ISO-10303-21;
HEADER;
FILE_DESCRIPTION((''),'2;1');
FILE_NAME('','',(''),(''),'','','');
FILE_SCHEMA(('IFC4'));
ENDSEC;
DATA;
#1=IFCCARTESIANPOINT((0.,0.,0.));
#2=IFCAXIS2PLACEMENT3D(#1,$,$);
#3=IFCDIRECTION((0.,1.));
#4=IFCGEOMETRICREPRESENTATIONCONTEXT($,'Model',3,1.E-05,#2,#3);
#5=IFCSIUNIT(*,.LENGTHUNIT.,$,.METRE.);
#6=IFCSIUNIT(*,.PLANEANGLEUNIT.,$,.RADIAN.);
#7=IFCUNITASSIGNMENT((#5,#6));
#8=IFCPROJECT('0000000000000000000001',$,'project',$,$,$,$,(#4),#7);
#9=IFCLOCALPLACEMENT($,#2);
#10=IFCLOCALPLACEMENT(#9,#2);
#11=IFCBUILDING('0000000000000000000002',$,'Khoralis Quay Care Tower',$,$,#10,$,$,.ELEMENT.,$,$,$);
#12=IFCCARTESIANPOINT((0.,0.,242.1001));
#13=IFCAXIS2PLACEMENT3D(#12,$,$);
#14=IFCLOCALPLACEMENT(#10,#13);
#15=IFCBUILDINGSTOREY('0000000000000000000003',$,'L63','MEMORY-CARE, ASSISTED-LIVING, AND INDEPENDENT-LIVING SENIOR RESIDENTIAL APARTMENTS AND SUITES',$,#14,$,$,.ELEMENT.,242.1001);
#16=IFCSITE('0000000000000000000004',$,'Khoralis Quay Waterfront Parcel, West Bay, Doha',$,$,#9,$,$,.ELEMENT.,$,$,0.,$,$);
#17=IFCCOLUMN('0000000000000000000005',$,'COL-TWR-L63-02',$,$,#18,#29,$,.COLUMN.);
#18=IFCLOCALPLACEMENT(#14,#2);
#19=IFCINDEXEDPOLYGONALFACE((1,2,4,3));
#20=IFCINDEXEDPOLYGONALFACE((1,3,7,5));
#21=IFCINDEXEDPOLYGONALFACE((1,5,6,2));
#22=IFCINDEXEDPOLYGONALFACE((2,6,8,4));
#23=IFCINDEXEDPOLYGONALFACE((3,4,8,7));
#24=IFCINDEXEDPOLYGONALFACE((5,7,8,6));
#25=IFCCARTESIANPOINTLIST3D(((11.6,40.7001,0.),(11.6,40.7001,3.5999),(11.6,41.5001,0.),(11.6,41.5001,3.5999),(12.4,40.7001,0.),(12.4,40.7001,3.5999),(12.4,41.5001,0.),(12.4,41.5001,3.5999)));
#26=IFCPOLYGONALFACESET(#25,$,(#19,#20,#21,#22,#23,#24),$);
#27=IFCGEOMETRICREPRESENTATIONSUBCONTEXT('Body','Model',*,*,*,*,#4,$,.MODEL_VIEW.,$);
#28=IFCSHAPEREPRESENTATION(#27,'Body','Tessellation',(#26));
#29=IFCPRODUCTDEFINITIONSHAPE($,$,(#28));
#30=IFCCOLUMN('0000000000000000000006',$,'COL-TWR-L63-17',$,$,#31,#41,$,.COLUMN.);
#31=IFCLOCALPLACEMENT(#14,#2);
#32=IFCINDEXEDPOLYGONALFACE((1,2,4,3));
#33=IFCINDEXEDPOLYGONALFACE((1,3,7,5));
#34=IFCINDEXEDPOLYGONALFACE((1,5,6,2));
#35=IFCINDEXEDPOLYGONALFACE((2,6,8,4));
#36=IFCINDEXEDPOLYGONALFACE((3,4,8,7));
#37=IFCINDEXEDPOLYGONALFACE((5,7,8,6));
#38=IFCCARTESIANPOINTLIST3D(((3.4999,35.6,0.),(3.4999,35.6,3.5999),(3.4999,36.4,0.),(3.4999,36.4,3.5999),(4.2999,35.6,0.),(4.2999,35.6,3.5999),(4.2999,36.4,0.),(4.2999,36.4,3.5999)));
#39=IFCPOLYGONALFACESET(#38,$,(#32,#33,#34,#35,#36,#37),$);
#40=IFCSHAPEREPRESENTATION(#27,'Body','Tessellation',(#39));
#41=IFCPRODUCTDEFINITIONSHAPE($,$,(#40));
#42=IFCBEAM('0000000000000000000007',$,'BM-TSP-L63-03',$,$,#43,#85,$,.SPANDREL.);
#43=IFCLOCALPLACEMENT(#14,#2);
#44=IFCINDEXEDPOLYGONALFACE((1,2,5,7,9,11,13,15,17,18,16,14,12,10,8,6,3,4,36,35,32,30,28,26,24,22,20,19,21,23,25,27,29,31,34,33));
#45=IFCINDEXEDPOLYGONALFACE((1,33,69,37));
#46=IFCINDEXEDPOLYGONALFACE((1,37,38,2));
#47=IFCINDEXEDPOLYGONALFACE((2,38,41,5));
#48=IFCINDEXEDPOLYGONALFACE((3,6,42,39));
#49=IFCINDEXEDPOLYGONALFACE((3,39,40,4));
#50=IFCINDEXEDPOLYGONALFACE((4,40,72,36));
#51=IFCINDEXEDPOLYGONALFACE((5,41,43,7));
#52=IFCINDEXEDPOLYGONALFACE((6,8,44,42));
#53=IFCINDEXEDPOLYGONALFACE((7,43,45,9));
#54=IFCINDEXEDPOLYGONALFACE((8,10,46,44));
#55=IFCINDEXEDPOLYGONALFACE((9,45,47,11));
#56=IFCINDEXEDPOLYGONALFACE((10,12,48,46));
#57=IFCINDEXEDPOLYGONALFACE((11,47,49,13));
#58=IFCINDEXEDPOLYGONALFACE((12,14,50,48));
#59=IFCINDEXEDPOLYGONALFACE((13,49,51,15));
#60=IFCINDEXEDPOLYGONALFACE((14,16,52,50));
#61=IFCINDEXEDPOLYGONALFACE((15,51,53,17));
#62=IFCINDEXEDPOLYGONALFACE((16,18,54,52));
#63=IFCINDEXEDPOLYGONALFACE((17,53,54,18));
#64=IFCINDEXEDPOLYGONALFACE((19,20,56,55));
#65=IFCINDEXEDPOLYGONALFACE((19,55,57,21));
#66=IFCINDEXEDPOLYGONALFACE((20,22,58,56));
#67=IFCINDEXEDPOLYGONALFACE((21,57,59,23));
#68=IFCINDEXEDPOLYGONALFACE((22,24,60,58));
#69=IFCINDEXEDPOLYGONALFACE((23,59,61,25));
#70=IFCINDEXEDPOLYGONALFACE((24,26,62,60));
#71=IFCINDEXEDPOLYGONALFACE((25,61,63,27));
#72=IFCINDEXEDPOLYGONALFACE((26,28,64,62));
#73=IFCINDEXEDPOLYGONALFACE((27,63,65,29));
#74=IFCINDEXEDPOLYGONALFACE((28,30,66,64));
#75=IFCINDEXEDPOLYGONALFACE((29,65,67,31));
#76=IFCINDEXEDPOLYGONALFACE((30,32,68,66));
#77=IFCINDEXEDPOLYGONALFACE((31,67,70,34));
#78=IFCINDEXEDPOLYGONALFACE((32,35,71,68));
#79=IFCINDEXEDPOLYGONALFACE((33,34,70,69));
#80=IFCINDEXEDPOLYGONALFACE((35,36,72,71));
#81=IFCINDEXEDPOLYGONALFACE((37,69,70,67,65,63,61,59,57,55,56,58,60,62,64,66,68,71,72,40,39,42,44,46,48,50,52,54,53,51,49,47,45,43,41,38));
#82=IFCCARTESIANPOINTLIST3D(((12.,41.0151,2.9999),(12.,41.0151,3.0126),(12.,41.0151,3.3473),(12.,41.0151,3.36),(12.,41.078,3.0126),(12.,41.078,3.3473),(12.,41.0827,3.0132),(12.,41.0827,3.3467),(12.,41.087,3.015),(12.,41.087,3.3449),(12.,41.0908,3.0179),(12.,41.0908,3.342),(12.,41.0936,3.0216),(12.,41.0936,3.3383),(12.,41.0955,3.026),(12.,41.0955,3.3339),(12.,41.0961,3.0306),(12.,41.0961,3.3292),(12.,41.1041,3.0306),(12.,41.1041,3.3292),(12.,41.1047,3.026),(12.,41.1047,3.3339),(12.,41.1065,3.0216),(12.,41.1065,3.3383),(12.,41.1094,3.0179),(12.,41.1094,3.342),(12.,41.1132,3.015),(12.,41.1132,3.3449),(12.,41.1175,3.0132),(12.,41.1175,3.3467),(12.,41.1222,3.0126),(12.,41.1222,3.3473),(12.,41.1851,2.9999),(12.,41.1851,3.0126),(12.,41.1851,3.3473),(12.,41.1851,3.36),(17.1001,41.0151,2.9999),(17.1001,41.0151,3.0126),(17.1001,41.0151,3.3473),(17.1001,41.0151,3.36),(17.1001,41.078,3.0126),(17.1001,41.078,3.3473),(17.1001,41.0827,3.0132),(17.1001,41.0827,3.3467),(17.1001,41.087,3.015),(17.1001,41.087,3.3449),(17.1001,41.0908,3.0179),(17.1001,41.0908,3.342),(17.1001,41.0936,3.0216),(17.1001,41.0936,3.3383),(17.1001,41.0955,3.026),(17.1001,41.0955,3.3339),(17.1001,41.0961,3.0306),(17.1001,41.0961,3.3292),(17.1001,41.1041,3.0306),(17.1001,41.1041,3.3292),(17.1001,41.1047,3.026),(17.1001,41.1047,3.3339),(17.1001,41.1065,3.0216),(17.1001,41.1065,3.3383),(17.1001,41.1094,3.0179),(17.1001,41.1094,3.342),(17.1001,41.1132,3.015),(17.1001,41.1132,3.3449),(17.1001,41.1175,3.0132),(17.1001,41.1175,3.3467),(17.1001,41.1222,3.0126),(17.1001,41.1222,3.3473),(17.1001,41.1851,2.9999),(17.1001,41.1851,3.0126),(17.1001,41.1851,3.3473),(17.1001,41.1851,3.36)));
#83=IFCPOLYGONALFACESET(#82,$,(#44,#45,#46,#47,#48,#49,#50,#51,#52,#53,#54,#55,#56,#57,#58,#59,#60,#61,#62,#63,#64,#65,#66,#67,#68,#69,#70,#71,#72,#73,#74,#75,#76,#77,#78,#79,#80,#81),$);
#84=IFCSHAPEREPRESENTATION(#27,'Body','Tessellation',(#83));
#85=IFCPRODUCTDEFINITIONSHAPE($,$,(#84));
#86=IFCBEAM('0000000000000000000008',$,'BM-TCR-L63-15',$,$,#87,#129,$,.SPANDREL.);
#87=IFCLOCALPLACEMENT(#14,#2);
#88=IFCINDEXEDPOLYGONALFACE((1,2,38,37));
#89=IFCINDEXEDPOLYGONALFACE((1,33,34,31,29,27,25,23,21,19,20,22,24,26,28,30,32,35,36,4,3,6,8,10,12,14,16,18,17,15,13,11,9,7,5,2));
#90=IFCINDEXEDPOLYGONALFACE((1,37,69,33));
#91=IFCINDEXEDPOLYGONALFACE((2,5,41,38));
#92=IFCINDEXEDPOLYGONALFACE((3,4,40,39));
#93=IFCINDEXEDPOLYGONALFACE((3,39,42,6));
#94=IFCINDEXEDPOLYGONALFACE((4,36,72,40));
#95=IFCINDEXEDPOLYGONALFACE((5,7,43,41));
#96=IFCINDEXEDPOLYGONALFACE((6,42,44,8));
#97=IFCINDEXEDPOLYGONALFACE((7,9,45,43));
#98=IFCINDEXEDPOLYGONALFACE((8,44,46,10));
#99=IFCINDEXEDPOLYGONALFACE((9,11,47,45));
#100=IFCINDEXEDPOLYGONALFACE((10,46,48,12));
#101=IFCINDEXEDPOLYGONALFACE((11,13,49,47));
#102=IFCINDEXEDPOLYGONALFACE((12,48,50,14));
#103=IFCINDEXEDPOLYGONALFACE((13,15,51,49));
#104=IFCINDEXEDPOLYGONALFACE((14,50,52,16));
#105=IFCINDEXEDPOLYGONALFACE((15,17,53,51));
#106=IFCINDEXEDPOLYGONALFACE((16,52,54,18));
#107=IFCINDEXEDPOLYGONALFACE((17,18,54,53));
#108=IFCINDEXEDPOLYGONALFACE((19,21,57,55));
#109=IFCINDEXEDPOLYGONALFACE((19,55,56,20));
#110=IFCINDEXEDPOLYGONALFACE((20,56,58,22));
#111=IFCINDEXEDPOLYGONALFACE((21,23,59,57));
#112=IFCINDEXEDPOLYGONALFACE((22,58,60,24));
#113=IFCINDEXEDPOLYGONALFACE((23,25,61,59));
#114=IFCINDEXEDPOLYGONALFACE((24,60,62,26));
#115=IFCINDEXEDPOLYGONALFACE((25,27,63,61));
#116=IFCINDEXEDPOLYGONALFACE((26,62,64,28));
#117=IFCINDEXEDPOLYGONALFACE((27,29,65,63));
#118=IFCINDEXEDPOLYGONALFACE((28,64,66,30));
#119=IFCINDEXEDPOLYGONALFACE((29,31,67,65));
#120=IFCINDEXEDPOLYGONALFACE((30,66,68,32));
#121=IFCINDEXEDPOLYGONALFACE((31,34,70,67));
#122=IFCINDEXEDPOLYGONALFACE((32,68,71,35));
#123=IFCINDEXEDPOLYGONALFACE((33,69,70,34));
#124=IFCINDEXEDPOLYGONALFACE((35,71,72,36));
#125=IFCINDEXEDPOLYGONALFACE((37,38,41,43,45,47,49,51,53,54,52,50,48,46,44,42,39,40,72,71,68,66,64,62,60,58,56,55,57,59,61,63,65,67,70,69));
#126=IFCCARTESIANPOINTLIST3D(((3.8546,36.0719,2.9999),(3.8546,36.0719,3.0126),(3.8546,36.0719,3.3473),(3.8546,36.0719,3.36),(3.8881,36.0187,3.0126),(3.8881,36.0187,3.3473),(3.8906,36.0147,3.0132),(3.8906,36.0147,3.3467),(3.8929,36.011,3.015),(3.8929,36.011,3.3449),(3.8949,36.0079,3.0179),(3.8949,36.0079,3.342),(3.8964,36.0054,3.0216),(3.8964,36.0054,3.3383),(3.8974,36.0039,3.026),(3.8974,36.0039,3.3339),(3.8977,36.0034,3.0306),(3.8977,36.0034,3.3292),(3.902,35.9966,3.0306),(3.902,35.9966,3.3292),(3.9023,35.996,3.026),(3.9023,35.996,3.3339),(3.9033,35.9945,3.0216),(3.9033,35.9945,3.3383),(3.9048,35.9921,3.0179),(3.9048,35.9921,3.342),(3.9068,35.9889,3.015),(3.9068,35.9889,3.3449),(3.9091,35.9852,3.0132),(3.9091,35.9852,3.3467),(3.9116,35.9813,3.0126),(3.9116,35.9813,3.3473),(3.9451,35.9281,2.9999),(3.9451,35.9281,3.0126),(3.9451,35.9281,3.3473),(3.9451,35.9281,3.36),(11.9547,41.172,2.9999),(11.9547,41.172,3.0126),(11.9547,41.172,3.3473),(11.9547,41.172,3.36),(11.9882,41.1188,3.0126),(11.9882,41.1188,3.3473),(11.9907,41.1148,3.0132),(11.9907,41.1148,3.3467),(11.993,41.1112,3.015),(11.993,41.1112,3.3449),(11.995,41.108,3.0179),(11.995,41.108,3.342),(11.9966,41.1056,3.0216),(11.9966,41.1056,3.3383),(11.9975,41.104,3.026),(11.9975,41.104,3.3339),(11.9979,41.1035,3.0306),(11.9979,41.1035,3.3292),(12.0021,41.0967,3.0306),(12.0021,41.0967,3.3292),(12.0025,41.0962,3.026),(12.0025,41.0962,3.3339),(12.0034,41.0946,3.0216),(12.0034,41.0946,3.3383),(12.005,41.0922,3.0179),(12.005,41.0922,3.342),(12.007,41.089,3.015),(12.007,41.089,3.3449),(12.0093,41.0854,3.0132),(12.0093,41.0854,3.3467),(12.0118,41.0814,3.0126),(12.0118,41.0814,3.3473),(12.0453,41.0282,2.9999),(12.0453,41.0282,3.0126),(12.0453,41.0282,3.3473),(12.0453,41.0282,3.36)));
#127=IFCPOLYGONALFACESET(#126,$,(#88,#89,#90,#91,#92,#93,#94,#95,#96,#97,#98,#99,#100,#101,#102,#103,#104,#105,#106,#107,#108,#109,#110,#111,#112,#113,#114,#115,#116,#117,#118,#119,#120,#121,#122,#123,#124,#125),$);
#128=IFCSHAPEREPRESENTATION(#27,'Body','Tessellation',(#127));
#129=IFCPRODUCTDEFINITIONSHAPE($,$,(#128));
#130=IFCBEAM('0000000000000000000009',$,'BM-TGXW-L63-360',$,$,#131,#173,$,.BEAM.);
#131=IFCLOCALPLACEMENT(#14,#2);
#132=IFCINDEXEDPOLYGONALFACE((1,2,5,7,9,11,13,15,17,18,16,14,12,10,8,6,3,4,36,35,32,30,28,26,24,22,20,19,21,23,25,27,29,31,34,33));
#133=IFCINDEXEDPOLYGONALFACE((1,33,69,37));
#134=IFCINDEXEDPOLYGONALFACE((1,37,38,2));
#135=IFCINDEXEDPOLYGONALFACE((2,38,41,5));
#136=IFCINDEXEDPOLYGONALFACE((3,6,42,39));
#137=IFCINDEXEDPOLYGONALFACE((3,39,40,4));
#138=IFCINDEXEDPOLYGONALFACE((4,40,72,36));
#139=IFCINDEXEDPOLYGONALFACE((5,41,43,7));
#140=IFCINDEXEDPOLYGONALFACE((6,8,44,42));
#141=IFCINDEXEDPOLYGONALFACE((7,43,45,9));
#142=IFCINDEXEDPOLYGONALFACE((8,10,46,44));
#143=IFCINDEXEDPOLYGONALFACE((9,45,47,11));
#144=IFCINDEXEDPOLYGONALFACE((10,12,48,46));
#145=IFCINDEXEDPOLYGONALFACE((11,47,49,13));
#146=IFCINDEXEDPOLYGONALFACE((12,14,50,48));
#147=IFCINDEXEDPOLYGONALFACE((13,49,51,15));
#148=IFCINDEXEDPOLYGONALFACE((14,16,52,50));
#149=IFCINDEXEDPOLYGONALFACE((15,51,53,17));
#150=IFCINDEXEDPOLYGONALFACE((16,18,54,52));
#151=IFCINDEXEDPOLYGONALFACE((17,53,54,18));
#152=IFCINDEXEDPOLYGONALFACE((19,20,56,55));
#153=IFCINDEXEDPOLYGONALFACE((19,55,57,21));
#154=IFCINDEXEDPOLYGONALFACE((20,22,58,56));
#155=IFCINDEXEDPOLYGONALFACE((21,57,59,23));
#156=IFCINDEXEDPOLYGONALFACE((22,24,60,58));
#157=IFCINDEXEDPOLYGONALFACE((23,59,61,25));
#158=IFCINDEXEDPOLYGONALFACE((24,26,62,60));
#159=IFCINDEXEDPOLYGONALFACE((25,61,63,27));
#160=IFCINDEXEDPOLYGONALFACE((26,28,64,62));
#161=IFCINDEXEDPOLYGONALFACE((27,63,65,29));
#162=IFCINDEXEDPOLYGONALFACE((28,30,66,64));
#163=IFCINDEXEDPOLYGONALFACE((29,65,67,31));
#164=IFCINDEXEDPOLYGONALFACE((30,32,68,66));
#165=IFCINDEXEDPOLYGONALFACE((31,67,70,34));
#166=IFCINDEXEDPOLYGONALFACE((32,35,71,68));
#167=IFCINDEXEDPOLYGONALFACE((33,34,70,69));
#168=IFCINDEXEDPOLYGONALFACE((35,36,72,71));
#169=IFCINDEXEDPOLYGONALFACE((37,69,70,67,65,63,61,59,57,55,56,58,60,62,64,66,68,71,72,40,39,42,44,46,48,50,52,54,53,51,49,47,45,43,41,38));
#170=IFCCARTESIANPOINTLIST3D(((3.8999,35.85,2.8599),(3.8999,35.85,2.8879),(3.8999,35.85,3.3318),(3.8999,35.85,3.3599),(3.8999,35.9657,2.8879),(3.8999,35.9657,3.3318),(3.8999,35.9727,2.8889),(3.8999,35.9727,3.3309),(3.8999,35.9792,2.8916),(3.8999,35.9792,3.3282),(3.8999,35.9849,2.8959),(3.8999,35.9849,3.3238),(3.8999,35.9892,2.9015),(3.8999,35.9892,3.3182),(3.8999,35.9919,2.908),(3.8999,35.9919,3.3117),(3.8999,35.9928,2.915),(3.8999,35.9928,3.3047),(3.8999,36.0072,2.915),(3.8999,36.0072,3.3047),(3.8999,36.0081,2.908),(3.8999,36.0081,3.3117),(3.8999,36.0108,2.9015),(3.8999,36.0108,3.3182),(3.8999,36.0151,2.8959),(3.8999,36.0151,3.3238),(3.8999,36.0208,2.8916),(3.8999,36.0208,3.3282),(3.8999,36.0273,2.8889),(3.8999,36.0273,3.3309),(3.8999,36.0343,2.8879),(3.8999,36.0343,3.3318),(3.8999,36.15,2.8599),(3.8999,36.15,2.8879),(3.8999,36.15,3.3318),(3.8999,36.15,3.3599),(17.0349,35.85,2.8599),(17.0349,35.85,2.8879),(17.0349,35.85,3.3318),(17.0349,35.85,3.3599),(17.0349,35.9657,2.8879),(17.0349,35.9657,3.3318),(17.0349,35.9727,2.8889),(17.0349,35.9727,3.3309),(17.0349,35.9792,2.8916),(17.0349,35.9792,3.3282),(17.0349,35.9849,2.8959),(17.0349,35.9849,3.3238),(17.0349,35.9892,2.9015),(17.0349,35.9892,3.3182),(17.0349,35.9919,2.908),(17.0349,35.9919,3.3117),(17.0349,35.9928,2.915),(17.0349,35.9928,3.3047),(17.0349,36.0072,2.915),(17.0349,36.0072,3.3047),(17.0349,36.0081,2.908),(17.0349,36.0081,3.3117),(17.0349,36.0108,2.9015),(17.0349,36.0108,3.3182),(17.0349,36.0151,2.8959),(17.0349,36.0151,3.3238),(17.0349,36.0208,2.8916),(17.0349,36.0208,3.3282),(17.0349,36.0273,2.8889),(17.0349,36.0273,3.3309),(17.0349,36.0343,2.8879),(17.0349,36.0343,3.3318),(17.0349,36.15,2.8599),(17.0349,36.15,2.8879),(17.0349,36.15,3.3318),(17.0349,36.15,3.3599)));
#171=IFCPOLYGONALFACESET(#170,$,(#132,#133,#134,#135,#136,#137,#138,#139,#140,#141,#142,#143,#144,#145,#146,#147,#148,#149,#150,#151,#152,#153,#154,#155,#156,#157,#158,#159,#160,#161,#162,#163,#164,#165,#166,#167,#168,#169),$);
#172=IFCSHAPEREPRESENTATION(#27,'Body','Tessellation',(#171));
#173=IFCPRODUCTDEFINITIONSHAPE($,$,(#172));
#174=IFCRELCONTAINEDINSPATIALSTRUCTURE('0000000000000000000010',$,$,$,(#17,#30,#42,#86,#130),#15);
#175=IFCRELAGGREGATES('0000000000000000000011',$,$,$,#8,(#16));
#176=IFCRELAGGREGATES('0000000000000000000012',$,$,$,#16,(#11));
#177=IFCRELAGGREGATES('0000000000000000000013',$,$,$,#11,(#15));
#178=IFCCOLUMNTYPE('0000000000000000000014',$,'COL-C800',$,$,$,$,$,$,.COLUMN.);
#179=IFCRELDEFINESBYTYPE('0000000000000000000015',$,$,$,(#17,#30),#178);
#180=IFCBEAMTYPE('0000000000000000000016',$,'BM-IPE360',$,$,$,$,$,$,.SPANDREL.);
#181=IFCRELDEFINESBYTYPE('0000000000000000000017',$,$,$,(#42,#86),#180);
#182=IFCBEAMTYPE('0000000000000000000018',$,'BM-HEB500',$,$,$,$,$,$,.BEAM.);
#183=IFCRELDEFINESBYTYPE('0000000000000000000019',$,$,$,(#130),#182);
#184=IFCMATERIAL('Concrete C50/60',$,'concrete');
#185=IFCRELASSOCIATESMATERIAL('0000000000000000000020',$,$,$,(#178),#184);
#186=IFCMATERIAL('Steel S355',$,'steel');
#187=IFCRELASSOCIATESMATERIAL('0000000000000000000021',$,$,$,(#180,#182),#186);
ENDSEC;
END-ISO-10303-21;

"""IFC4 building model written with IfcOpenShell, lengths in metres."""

from ifc_helpers import new_model, si_unit, direction, frame, origin, origin_2d, place, context, subcontext, project, spatial, rectangle, i_section, extrude, source, transform, mapped, material, material_profile, profile_set, type_object, element, save


model = new_model("IFC4")

# Units and contexts
model_context = context("Model", 3, precision=1e-05, world=origin(), true_north=direction((0.0, 1.0)))
body_context = subcontext(model_context, "Body", "Model", "MODEL_VIEW")
ifc_project = project(units=[si_unit("LENGTHUNIT", "METRE"), si_unit("PLANEANGLEUNIT", "RADIAN")], contexts=[model_context])

# Site, building, storey
site_placement = place(None, origin())
site = spatial("IfcSite", under=ifc_project, at=site_placement, Name="Khoralis Quay Waterfront Parcel, West Bay, Doha", CompositionType="ELEMENT", RefElevation=0.0)
building_placement = place(site_placement, origin())
building = spatial("IfcBuilding", under=site, at=building_placement, Name="Khoralis Quay Care Tower", CompositionType="ELEMENT")
storey_placement = place(building_placement, frame((0.0, 0.0, 242.1001)))
storey = spatial("IfcBuildingStorey", under=building, at=storey_placement, Name="L63", Description="MEMORY-CARE, ASSISTED-LIVING, AND INDEPENDENT-LIVING SENIOR RESIDENTIAL APARTMENTS AND SUITES", CompositionType="ELEMENT", Elevation=242.1001)

# Columns
ifc_material_1 = material(Name="Concrete C50/60", Category="concrete")
ifc_material_profile_1 = material_profile(ifc_material_1, rectangle(XDim=0.8, YDim=0.8, at=origin_2d()), Name="Concrete C50/60")
ifc_profile_set_1 = profile_set([ifc_material_profile_1], Name="Concrete C50/60")
column_type = type_object("IfcColumnType", Name="COL-C800", PredefinedType="COLUMN", material=ifc_profile_set_1)
shared_shape_1 = source(origin(), body_context, "Body", "SweptSolid", [
    extrude(rectangle(XDim=0.8, YDim=0.8, at=origin_2d()), origin(), (0.0, 0.0, 1.0), 3.5999),
])
for number, where, z_axis, x_axis, name in (
    (1, (12.0, 41.1001, 0.0), (0.0, 0.0, 1.0), (1.0, 0.0, 0.0), "COL-TWR-L63-02"),
    (2, (3.8999, 36.0, 0.0), (0.0, 0.0, 1.0), (1.0, 0.0, 0.0), "COL-TWR-L63-17"),
):
    element("IfcColumn", number, at=place(storey_placement, frame(where, z_axis=z_axis, x_axis=x_axis)), inside=storey, type_object=column_type, Name=name, PredefinedType="COLUMN", context=body_context, shape_type="MappedRepresentation", body=[
        mapped(shared_shape_1, transform((0.0, 0.0, 0.0), scale=1.0)),
    ])

# Beams
ifc_material_2 = material(Name="Steel S355", Category="steel")
ifc_material_profile_2 = material_profile(ifc_material_2, i_section(OverallWidth=0.1699, OverallDepth=0.3601, WebThickness=0.0081, FlangeThickness=0.0127, FilletRadius=0.0181, at=origin_2d()), Name="Steel S355")
ifc_profile_set_2 = profile_set([ifc_material_profile_2], Name="Steel S355")
beam_type_1 = type_object("IfcBeamType", Name="BM-IPE360", PredefinedType="SPANDREL", material=ifc_profile_set_2)
shared_shape_2 = source(origin(), body_context, "Body", "SweptSolid", [
    extrude(i_section(OverallWidth=0.1699, OverallDepth=0.3601, WebThickness=0.0081, FlangeThickness=0.0127, FilletRadius=0.0181, at=origin_2d()), origin(), (0.0, 0.0, 1.0), 5.1001),
])
beam_1_placement = place(storey_placement, frame((12.0, 41.1001, 3.1799), z_axis=(1.0, 0.0, 0.0), x_axis=(0.0, 1.0, 0.0)))
element("IfcBeam", 3, at=beam_1_placement, inside=storey, type_object=beam_type_1, Name="BM-TSP-L63-03", PredefinedType="SPANDREL", context=body_context, shape_type="MappedRepresentation", body=[
    mapped(shared_shape_2, transform((0.0, 0.0, 0.0), scale=1.0)),
])
shared_shape_3 = source(origin(), body_context, "Body", "SweptSolid", [
    extrude(i_section(OverallWidth=0.1699, OverallDepth=0.3601, WebThickness=0.0081, FlangeThickness=0.0127, FilletRadius=0.0181, at=origin_2d()), origin(), (0.0, 0.0, 1.0), 9.572),
])
beam_2_placement = place(storey_placement, frame((12.0, 41.1001, 3.1799), z_axis=(-0.846231, -0.532816, 0.0), x_axis=(0.532816, -0.846231, 0.0)))
element("IfcBeam", 4, at=beam_2_placement, inside=storey, type_object=beam_type_1, Name="BM-TCR-L63-15", PredefinedType="SPANDREL", context=body_context, shape_type="MappedRepresentation", body=[
    mapped(shared_shape_3, transform((0.0, 0.0, 0.0), scale=1.0)),
])
ifc_material_profile_3 = material_profile(ifc_material_2, i_section(OverallWidth=0.3, OverallDepth=0.5, WebThickness=0.0144, FlangeThickness=0.0281, FilletRadius=0.0271, at=origin_2d()), Name="Steel S355")
ifc_profile_set_3 = profile_set([ifc_material_profile_3], Name="Steel S355")
beam_type_2 = type_object("IfcBeamType", Name="BM-HEB500", PredefinedType="BEAM", material=ifc_profile_set_3)
shared_shape_4 = source(origin(), body_context, "Body", "SweptSolid", [
    extrude(i_section(OverallWidth=0.3, OverallDepth=0.5, WebThickness=0.0144, FlangeThickness=0.0281, FilletRadius=0.0271, at=origin_2d()), origin(), (0.0, 0.0, 1.0), 13.135),
])
beam_3_placement = place(storey_placement, frame((3.8999, 36.0, 3.1099), z_axis=(1.0, 0.0, 0.0), x_axis=(0.0, 1.0, 0.0)))
element("IfcBeam", 5, at=beam_3_placement, inside=storey, type_object=beam_type_2, Name="BM-TGXW-L63-360", PredefinedType="BEAM", context=body_context, shape_type="MappedRepresentation", body=[
    mapped(shared_shape_4, transform((0.0, 0.0, 0.0), scale=1.0)),
])

save(model, "model.ifc")
